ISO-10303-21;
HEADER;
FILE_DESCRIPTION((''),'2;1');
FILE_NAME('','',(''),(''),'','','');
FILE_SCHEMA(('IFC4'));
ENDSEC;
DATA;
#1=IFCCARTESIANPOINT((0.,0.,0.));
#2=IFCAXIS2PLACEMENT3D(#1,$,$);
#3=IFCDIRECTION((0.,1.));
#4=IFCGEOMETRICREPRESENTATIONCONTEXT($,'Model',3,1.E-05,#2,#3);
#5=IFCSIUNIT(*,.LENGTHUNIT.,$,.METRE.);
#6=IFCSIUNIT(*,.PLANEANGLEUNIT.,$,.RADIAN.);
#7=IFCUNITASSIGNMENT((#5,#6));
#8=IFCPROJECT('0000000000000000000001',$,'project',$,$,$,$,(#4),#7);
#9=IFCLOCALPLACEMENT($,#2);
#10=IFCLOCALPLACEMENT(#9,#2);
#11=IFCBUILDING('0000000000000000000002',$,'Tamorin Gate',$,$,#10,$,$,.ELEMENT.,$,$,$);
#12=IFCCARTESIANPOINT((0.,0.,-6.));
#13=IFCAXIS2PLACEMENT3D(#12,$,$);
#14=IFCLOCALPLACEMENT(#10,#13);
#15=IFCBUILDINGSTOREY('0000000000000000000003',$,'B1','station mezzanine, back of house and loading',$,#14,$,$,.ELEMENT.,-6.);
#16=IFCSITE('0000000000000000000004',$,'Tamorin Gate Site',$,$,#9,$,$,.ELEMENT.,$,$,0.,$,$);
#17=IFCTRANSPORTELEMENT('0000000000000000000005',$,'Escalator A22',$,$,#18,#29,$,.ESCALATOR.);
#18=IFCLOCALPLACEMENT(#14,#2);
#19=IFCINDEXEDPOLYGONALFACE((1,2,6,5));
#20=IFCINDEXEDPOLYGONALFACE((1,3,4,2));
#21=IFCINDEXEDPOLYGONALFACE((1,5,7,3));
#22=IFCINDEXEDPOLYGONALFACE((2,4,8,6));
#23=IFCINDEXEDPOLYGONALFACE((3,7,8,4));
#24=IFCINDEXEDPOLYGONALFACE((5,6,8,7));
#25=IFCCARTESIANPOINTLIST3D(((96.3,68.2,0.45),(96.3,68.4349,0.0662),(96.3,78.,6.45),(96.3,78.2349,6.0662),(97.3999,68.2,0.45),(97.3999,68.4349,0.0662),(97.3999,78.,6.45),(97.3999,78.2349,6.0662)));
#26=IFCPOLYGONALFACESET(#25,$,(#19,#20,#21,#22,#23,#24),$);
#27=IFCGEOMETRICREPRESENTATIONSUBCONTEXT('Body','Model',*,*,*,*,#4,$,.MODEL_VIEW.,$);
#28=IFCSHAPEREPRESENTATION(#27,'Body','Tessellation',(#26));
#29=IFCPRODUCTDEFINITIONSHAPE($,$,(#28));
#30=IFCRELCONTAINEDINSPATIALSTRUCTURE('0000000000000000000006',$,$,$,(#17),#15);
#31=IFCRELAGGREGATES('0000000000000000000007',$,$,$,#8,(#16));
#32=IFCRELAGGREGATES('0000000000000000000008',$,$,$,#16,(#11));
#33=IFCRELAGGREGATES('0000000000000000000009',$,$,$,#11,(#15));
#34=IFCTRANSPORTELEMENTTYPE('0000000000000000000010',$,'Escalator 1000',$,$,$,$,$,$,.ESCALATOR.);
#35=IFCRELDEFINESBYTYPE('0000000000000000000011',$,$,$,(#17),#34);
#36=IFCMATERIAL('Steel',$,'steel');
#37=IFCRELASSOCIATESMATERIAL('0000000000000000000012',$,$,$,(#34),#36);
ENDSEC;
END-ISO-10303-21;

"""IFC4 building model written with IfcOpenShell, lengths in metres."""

from ifc_helpers import new_model, si_unit, direction, frame, origin, place, context, subcontext, project, spatial, polyline, outline, extrude, material, type_object, element, save


model = new_model("IFC4")

# Units and contexts
model_context = context("Model", 3, precision=1e-05, world=origin(), true_north=direction((0.0, 1.0)))
body_context = subcontext(model_context, "Body", "Model", "MODEL_VIEW")
ifc_project = project(units=[si_unit("LENGTHUNIT", "METRE"), si_unit("PLANEANGLEUNIT", "RADIAN")], contexts=[model_context])

# Site, building, storey
site_placement = place(None, origin())
site = spatial("IfcSite", under=ifc_project, at=site_placement, Name="Tamorin Gate Site", CompositionType="ELEMENT", RefElevation=0.0)
building_placement = place(site_placement, origin())
building = spatial("IfcBuilding", under=site, at=building_placement, Name="Tamorin Gate", CompositionType="ELEMENT")
storey_placement = place(building_placement, frame((0.0, 0.0, -6.0)))
storey = spatial("IfcBuildingStorey", under=building, at=storey_placement, Name="B1", Description="station mezzanine, back of house and loading", CompositionType="ELEMENT", Elevation=-6.0)

# Shared definitions
ifc_material_1 = material(Name="Steel", Category="steel")

# Transport element
transport_element_type = type_object("IfcTransportElementType", Name="Escalator 1000", PredefinedType="ESCALATOR", material=ifc_material_1)
transport_element_1_placement = place(storey_placement, frame((96.3, 68.2, 0.45), z_axis=(0.0, -0.522152, 0.852852), x_axis=(1.0, 0.0, 0.0)))
element("IfcTransportElement", 1, at=transport_element_1_placement, inside=storey, type_object=transport_element_type, Name="Escalator A22", PredefinedType="ESCALATOR", context=body_context, shape_type="SweptSolid", body=[
    extrude(outline(polyline([(0.0, 0.0), (1.0999, 0.0), (1.0999, 11.4909), (0.0, 11.4909), (0.0, 0.0)])), origin(), (0.0, 0.0, -1.0), 0.45),
])

save(model, "model.ifc")
